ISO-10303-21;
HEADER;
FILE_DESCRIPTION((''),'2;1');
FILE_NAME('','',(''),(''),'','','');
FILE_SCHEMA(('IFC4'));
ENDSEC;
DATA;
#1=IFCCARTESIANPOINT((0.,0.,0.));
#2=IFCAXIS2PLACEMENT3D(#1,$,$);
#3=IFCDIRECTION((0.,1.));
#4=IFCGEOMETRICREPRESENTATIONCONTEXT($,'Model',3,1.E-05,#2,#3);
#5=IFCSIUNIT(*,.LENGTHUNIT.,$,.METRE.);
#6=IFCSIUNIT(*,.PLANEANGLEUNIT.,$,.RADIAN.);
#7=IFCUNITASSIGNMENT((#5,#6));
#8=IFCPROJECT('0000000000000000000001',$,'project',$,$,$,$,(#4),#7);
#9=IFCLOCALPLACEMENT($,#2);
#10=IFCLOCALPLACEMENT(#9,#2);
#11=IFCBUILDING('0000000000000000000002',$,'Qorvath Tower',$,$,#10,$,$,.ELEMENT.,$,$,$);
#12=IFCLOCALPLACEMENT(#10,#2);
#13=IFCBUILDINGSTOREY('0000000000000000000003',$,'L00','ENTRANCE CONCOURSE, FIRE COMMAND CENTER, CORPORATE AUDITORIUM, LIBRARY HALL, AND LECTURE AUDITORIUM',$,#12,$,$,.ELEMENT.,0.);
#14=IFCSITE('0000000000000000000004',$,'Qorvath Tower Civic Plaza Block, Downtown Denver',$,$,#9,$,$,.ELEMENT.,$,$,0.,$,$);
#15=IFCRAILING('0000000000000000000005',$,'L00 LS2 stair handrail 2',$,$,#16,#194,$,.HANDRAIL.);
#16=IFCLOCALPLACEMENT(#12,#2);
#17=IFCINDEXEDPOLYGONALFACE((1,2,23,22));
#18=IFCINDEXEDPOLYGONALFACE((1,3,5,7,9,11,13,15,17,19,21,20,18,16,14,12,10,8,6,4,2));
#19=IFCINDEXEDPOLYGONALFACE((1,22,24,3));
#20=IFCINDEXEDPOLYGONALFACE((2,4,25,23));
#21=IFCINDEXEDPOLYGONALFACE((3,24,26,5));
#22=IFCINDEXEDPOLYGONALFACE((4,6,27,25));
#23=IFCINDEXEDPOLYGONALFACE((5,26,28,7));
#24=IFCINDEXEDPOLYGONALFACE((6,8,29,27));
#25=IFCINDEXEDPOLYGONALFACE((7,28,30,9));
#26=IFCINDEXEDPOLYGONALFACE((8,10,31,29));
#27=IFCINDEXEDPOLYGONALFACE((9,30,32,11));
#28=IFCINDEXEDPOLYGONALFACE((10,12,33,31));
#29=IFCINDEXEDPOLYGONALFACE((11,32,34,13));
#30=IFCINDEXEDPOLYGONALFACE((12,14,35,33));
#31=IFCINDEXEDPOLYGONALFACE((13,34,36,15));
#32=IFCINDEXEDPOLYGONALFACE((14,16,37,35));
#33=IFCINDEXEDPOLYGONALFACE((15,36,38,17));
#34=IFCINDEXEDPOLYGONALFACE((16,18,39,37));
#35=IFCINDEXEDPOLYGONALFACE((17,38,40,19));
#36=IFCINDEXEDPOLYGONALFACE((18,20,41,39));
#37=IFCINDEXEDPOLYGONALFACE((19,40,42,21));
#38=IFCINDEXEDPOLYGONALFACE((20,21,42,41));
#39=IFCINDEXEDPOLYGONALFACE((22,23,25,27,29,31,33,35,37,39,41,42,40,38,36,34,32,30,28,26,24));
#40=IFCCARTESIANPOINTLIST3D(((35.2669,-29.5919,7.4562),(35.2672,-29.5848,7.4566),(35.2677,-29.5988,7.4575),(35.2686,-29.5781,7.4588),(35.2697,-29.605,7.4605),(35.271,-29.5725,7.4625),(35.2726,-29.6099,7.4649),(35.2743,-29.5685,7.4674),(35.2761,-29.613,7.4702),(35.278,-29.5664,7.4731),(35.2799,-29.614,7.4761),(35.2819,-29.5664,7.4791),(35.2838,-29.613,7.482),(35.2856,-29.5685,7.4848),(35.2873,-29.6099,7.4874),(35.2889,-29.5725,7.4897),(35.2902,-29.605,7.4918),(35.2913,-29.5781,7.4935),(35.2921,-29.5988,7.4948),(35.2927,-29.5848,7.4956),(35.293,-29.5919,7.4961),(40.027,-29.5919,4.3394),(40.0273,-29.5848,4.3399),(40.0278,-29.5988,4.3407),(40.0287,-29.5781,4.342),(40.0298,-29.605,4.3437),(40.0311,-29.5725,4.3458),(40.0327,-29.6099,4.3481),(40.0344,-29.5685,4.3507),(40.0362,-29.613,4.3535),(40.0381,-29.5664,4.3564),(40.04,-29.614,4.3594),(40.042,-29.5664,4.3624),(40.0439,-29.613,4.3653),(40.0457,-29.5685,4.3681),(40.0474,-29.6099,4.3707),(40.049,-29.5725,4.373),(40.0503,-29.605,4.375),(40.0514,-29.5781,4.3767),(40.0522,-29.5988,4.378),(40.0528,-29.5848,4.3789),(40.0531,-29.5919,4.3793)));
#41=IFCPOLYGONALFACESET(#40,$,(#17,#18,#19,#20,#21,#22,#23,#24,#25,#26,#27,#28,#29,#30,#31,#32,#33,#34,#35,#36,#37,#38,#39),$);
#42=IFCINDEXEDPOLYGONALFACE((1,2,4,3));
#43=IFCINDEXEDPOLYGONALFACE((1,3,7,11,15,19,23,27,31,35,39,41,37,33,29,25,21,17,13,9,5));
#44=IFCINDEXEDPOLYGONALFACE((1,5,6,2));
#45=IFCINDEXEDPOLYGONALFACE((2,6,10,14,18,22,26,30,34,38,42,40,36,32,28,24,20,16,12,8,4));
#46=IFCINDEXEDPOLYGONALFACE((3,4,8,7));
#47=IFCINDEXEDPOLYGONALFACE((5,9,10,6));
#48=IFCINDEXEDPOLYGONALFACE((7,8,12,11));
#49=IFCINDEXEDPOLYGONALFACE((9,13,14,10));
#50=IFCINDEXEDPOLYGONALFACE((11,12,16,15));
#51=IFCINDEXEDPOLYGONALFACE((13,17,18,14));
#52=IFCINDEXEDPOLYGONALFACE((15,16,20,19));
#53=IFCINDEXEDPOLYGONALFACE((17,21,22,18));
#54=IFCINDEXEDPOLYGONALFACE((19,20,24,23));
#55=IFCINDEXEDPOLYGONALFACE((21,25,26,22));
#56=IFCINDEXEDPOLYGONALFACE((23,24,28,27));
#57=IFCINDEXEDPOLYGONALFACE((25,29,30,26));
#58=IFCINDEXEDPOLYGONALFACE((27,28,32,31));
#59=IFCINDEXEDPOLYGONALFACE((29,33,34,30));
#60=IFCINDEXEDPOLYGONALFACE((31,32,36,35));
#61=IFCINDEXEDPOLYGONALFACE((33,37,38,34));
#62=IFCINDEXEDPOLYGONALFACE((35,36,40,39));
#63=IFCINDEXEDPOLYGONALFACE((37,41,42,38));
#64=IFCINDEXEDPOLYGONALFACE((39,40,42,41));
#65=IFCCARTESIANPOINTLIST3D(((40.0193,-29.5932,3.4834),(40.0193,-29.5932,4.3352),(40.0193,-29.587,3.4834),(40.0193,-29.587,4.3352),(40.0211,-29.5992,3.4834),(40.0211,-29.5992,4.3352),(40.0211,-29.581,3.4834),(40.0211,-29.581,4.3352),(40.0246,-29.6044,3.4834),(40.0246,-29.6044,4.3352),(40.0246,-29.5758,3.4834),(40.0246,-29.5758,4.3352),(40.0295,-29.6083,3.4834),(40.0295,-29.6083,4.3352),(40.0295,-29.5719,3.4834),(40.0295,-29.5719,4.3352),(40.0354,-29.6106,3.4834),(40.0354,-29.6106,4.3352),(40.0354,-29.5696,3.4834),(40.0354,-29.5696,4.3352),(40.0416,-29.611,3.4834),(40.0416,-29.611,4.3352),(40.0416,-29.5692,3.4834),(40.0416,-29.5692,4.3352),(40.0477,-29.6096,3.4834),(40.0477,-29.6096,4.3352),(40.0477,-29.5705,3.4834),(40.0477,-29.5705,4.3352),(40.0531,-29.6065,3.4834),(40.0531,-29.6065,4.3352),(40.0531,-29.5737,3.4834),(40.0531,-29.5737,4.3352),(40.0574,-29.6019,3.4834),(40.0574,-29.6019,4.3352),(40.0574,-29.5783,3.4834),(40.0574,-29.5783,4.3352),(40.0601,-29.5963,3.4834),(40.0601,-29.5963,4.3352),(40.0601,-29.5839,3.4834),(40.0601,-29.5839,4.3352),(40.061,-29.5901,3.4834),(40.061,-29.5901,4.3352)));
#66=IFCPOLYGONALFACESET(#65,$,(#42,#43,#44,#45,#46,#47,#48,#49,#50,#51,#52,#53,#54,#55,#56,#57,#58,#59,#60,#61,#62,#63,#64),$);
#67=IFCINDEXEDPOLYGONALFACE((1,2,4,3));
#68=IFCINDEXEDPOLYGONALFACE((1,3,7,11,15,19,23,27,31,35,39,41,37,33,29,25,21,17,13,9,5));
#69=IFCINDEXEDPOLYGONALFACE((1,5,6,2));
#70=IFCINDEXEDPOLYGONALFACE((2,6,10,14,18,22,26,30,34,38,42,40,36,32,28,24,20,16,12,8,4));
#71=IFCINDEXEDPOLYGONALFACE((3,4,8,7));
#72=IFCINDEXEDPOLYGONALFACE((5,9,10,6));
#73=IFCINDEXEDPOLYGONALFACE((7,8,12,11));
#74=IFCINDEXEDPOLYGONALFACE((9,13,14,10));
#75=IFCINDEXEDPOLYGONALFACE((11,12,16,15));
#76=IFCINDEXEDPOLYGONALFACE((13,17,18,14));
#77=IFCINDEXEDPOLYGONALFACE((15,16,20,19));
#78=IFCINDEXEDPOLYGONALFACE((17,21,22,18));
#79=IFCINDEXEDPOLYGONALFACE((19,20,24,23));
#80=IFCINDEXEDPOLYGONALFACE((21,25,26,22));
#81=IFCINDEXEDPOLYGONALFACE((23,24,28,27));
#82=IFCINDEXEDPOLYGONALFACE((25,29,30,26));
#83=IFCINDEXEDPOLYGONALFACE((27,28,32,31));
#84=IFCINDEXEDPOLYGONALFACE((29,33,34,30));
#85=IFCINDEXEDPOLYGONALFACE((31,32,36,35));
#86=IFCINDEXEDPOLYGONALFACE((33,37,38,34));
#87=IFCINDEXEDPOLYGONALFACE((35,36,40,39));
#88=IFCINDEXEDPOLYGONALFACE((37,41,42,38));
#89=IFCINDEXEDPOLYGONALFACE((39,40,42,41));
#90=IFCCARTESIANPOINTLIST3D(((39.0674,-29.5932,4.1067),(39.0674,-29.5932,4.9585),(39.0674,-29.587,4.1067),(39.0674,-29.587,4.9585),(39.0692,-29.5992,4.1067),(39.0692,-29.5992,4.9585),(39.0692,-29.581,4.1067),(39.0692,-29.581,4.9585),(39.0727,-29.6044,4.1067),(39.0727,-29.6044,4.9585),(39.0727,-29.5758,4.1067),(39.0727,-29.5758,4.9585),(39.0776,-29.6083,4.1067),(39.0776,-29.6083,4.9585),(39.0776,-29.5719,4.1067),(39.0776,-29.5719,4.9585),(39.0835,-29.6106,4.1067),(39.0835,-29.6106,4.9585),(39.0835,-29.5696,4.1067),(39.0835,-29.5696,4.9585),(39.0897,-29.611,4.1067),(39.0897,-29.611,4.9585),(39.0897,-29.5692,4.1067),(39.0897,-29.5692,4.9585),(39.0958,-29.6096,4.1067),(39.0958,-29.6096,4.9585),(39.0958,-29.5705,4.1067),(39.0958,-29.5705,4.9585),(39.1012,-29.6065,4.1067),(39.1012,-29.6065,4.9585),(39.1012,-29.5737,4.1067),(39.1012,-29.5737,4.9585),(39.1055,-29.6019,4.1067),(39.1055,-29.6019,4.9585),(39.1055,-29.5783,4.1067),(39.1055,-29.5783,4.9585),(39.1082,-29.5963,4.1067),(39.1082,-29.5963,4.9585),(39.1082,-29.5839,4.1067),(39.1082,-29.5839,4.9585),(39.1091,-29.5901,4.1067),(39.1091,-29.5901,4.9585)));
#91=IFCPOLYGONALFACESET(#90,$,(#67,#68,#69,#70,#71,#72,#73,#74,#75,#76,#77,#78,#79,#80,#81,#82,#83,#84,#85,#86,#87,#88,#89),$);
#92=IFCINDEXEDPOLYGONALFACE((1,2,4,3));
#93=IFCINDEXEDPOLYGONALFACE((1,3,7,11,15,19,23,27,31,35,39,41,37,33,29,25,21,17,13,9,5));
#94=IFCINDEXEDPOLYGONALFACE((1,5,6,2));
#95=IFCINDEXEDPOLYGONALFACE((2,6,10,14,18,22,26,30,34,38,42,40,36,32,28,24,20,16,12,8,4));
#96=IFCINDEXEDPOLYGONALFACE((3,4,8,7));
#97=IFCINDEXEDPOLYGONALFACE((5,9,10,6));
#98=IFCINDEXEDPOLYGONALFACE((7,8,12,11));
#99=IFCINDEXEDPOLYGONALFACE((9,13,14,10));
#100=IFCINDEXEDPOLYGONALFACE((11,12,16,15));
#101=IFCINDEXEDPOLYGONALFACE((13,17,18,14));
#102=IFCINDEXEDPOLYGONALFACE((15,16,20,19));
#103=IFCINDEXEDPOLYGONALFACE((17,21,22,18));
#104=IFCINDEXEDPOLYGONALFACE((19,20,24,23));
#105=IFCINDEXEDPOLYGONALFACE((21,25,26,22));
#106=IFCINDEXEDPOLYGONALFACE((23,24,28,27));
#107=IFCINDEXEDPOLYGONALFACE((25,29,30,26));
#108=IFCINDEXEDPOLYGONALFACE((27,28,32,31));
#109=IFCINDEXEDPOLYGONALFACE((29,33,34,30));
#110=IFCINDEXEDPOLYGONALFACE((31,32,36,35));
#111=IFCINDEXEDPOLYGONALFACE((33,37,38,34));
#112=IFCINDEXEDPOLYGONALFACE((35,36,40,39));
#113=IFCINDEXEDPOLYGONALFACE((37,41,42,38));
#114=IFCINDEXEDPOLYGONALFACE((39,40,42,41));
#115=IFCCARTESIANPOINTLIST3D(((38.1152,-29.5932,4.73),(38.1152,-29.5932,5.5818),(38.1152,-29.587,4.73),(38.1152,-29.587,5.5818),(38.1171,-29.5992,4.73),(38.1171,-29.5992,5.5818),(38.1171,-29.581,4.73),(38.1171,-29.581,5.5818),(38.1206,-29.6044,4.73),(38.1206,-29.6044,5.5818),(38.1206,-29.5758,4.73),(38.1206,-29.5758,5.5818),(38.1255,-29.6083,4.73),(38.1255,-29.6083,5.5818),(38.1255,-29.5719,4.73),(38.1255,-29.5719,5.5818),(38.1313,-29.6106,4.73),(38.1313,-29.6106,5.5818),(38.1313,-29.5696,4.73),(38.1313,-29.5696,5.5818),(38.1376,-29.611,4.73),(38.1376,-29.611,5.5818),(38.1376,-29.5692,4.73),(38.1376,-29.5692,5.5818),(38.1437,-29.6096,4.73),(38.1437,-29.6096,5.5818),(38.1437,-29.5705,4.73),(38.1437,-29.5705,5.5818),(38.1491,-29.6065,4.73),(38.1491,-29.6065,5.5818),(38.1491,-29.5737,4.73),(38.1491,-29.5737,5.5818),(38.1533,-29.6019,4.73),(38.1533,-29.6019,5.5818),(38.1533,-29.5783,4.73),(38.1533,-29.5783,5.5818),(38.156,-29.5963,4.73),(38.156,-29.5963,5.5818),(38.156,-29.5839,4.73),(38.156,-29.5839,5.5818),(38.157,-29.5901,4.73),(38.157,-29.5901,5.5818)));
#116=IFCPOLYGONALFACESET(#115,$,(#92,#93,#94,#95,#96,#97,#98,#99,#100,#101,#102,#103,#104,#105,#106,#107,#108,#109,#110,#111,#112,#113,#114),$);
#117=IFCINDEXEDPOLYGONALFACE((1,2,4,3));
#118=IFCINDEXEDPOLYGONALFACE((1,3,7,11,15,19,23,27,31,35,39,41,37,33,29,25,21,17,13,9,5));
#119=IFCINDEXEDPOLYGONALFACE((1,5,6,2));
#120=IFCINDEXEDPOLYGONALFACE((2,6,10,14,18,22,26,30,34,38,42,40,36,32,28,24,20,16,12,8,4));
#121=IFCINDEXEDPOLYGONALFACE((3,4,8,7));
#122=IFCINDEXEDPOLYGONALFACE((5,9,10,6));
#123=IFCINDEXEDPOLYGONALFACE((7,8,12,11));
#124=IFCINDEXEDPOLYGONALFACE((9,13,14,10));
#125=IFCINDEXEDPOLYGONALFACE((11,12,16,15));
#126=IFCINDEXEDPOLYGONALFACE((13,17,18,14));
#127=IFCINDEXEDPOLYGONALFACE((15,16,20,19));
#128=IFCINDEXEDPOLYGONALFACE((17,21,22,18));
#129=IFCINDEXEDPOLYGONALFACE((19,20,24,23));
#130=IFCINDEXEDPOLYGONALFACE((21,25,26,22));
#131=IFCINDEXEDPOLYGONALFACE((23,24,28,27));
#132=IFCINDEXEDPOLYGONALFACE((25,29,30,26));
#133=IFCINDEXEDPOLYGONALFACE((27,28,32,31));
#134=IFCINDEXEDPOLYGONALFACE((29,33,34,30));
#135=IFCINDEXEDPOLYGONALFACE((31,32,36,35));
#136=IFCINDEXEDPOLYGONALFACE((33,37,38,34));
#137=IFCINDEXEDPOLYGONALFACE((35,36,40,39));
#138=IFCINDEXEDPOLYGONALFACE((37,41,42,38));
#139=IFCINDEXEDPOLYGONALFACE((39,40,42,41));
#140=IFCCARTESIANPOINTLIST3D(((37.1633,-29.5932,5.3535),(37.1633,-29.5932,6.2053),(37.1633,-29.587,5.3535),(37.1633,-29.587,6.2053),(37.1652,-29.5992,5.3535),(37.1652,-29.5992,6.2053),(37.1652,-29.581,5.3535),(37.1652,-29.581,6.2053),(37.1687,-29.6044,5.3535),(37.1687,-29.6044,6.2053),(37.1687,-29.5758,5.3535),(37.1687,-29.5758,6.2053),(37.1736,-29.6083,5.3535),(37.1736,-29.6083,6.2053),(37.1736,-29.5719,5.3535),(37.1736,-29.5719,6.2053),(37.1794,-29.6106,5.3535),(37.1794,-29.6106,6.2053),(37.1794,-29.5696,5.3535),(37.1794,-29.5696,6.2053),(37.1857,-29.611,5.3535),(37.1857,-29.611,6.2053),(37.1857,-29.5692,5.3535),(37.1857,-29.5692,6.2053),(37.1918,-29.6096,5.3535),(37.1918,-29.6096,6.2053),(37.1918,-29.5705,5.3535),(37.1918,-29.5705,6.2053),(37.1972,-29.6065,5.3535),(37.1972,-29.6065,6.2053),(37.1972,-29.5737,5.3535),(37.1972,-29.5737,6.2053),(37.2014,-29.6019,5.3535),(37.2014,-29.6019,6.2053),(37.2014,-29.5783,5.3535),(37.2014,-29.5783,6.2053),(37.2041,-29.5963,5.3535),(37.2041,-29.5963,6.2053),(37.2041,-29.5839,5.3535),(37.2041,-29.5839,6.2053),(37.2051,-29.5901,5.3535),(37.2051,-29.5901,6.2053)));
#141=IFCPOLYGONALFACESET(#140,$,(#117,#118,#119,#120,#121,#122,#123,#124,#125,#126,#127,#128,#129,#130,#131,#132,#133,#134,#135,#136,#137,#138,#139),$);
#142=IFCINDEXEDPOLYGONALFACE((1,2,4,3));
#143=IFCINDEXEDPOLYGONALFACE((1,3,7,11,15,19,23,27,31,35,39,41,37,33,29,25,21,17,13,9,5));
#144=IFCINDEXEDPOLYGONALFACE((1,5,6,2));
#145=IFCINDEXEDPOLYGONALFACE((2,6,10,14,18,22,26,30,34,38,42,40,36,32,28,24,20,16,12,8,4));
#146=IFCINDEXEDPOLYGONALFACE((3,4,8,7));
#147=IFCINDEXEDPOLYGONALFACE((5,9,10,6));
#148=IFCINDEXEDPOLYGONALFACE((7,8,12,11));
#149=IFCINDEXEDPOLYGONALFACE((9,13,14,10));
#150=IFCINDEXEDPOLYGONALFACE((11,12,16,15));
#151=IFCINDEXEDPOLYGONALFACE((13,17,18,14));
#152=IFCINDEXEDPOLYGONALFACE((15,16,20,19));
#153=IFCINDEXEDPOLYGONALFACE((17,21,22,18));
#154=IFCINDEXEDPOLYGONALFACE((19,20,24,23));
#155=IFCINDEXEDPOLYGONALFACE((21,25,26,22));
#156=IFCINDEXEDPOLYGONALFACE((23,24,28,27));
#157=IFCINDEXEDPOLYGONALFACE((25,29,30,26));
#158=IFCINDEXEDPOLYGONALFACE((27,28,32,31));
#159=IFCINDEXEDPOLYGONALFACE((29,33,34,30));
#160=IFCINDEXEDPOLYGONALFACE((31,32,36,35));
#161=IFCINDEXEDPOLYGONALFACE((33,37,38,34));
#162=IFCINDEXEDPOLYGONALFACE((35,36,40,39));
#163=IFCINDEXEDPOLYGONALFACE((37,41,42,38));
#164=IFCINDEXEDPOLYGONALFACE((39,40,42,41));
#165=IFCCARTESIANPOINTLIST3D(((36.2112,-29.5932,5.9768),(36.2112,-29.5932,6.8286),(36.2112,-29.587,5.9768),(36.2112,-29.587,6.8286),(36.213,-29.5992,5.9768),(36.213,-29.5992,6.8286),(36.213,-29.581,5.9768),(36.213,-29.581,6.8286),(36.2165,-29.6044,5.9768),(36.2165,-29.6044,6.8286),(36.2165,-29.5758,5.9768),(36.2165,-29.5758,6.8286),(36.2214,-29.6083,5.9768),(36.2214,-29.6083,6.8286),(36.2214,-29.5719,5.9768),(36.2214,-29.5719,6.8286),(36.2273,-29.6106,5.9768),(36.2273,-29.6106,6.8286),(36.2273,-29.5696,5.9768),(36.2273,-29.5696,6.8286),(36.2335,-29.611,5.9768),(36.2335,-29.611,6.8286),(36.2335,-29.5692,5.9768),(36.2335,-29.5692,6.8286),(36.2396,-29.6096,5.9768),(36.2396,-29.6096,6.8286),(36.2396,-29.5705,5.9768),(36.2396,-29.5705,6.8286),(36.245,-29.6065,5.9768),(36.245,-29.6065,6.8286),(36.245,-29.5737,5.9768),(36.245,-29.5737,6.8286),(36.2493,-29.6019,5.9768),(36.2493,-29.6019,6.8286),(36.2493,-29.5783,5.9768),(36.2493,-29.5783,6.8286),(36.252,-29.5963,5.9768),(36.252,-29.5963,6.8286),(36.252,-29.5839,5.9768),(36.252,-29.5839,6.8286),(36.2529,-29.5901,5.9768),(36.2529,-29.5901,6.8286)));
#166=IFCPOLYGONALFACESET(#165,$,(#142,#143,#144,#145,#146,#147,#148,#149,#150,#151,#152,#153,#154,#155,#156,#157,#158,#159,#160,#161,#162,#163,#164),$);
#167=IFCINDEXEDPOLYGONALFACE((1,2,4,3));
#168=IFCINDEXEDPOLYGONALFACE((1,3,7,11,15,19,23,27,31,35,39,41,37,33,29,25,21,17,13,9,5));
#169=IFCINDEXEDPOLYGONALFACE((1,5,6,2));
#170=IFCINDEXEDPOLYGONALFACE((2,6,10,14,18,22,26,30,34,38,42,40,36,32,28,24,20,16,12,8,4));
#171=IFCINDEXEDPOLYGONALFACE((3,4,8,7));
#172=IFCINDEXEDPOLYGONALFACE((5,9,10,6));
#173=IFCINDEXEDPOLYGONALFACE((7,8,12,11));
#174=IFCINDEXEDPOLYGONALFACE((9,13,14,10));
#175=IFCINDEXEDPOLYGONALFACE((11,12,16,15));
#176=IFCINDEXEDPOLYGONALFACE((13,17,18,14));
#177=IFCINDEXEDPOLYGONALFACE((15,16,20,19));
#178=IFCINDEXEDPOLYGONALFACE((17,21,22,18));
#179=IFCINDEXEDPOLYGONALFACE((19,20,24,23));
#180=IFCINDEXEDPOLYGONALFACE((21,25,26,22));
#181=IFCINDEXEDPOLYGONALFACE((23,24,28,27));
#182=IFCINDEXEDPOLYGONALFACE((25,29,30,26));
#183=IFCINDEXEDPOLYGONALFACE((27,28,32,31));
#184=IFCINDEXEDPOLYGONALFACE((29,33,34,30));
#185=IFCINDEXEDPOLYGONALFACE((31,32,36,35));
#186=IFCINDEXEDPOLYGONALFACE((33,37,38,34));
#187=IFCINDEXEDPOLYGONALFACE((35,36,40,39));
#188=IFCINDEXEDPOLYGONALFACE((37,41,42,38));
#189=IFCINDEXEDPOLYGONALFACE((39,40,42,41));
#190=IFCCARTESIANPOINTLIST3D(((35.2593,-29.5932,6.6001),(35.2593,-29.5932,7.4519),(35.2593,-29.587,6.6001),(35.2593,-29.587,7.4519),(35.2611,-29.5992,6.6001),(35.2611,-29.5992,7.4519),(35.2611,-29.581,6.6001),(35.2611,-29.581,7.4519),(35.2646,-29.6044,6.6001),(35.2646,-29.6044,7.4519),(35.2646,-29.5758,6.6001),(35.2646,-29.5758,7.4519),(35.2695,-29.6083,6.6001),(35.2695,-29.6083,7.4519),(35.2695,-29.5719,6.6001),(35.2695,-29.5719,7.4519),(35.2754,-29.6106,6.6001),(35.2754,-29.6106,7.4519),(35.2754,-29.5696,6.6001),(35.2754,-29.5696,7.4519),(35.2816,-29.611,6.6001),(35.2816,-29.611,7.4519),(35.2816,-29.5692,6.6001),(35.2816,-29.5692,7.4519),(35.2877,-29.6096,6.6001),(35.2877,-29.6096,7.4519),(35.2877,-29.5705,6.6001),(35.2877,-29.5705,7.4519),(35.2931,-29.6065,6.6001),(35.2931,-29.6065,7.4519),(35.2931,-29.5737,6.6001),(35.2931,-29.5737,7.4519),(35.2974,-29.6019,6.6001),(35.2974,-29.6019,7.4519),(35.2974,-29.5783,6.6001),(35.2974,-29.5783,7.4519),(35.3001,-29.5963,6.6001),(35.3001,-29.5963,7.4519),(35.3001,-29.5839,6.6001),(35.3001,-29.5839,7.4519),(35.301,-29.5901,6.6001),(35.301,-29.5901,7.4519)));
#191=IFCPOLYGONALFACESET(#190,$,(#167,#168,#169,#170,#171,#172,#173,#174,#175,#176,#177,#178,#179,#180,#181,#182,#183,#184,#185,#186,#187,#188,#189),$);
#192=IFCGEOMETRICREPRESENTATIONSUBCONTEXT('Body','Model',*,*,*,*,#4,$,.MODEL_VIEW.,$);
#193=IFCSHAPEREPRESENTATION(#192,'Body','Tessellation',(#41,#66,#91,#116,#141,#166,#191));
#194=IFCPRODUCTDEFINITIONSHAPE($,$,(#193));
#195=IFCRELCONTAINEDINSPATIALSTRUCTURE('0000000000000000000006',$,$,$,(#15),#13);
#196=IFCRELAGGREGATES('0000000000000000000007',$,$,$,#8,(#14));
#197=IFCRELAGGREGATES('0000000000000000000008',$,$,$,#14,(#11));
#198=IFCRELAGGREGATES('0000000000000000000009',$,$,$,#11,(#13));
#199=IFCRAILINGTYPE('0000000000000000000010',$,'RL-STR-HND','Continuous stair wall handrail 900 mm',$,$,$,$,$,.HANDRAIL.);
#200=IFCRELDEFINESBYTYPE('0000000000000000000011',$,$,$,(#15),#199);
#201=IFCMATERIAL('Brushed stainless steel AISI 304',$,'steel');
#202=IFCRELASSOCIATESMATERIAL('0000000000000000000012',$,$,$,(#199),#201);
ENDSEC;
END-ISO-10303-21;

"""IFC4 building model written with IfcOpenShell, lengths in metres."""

from ifc_helpers import new_model, si_unit, direction, frame, origin, origin_2d, place, context, subcontext, project, spatial, circle, extrude, material, type_object, element, save


model = new_model("IFC4")

# Units and contexts
model_context = context("Model", 3, precision=1e-05, world=origin(), true_north=direction((0.0, 1.0)))
body_context = subcontext(model_context, "Body", "Model", "MODEL_VIEW")
ifc_project = project(units=[si_unit("LENGTHUNIT", "METRE"), si_unit("PLANEANGLEUNIT", "RADIAN")], contexts=[model_context])

# Site, building, storey
site_placement = place(None, origin())
site = spatial("IfcSite", under=ifc_project, at=site_placement, Name="Qorvath Tower Civic Plaza Block, Downtown Denver", CompositionType="ELEMENT", RefElevation=0.0)
building_placement = place(site_placement, origin())
building = spatial("IfcBuilding", under=site, at=building_placement, Name="Qorvath Tower", CompositionType="ELEMENT")
storey_placement = place(building_placement, origin())
storey = spatial("IfcBuildingStorey", under=building, at=storey_placement, Name="L00", Description="ENTRANCE CONCOURSE, FIRE COMMAND CENTER, CORPORATE AUDITORIUM, LIBRARY HALL, AND LECTURE AUDITORIUM", CompositionType="ELEMENT", Elevation=0.0)

# Railing
ifc_material_1 = material(Name="Brushed stainless steel AISI 304", Category="steel")
railing_type_1 = type_object("IfcRailingType", Name="RL-STR-HND", Description="Continuous stair wall handrail 900 mm", PredefinedType="HANDRAIL", material=ifc_material_1)
railing_1_placement = place(storey_placement, frame((40.04, -29.5901, 3.4834)))
element("IfcRailing", 1, at=railing_1_placement, inside=storey, type_object=railing_type_1, Name="L00 LS2 stair handrail 2", PredefinedType="HANDRAIL", context=body_context, shape_type="SweptSolid", body=[
    extrude(circle(Radius=0.0239, at=origin_2d()), frame((0.0, 0.0, 0.876), z_axis=(-0.836616, 0.0, 0.547789), x_axis=(0.0, -1.0, 0.0)), (0.0, 0.0, 1.0), 5.6897),
    extrude(circle(Radius=0.021, at=origin_2d()), origin(), (0.0, 0.0, 1.0), 0.8518),
    extrude(circle(Radius=0.021, at=origin_2d()), frame((-0.9519, 0.0, 0.6233)), (0.0, 0.0, 1.0), 0.8518),
    extrude(circle(Radius=0.021, at=origin_2d()), frame((-1.9041, 0.0, 1.2466)), (0.0, 0.0, 1.0), 0.8518),
    extrude(circle(Radius=0.021, at=origin_2d()), frame((-2.856, 0.0, 1.8701)), (0.0, 0.0, 1.0), 0.8518),
    extrude(circle(Radius=0.021, at=origin_2d()), frame((-3.8081, 0.0, 2.4934)), (0.0, 0.0, 1.0), 0.8518),
    extrude(circle(Radius=0.021, at=origin_2d()), frame((-4.76, 0.0, 3.1167)), (0.0, 0.0, 1.0), 0.8518),
])

save(model, "model.ifc")
